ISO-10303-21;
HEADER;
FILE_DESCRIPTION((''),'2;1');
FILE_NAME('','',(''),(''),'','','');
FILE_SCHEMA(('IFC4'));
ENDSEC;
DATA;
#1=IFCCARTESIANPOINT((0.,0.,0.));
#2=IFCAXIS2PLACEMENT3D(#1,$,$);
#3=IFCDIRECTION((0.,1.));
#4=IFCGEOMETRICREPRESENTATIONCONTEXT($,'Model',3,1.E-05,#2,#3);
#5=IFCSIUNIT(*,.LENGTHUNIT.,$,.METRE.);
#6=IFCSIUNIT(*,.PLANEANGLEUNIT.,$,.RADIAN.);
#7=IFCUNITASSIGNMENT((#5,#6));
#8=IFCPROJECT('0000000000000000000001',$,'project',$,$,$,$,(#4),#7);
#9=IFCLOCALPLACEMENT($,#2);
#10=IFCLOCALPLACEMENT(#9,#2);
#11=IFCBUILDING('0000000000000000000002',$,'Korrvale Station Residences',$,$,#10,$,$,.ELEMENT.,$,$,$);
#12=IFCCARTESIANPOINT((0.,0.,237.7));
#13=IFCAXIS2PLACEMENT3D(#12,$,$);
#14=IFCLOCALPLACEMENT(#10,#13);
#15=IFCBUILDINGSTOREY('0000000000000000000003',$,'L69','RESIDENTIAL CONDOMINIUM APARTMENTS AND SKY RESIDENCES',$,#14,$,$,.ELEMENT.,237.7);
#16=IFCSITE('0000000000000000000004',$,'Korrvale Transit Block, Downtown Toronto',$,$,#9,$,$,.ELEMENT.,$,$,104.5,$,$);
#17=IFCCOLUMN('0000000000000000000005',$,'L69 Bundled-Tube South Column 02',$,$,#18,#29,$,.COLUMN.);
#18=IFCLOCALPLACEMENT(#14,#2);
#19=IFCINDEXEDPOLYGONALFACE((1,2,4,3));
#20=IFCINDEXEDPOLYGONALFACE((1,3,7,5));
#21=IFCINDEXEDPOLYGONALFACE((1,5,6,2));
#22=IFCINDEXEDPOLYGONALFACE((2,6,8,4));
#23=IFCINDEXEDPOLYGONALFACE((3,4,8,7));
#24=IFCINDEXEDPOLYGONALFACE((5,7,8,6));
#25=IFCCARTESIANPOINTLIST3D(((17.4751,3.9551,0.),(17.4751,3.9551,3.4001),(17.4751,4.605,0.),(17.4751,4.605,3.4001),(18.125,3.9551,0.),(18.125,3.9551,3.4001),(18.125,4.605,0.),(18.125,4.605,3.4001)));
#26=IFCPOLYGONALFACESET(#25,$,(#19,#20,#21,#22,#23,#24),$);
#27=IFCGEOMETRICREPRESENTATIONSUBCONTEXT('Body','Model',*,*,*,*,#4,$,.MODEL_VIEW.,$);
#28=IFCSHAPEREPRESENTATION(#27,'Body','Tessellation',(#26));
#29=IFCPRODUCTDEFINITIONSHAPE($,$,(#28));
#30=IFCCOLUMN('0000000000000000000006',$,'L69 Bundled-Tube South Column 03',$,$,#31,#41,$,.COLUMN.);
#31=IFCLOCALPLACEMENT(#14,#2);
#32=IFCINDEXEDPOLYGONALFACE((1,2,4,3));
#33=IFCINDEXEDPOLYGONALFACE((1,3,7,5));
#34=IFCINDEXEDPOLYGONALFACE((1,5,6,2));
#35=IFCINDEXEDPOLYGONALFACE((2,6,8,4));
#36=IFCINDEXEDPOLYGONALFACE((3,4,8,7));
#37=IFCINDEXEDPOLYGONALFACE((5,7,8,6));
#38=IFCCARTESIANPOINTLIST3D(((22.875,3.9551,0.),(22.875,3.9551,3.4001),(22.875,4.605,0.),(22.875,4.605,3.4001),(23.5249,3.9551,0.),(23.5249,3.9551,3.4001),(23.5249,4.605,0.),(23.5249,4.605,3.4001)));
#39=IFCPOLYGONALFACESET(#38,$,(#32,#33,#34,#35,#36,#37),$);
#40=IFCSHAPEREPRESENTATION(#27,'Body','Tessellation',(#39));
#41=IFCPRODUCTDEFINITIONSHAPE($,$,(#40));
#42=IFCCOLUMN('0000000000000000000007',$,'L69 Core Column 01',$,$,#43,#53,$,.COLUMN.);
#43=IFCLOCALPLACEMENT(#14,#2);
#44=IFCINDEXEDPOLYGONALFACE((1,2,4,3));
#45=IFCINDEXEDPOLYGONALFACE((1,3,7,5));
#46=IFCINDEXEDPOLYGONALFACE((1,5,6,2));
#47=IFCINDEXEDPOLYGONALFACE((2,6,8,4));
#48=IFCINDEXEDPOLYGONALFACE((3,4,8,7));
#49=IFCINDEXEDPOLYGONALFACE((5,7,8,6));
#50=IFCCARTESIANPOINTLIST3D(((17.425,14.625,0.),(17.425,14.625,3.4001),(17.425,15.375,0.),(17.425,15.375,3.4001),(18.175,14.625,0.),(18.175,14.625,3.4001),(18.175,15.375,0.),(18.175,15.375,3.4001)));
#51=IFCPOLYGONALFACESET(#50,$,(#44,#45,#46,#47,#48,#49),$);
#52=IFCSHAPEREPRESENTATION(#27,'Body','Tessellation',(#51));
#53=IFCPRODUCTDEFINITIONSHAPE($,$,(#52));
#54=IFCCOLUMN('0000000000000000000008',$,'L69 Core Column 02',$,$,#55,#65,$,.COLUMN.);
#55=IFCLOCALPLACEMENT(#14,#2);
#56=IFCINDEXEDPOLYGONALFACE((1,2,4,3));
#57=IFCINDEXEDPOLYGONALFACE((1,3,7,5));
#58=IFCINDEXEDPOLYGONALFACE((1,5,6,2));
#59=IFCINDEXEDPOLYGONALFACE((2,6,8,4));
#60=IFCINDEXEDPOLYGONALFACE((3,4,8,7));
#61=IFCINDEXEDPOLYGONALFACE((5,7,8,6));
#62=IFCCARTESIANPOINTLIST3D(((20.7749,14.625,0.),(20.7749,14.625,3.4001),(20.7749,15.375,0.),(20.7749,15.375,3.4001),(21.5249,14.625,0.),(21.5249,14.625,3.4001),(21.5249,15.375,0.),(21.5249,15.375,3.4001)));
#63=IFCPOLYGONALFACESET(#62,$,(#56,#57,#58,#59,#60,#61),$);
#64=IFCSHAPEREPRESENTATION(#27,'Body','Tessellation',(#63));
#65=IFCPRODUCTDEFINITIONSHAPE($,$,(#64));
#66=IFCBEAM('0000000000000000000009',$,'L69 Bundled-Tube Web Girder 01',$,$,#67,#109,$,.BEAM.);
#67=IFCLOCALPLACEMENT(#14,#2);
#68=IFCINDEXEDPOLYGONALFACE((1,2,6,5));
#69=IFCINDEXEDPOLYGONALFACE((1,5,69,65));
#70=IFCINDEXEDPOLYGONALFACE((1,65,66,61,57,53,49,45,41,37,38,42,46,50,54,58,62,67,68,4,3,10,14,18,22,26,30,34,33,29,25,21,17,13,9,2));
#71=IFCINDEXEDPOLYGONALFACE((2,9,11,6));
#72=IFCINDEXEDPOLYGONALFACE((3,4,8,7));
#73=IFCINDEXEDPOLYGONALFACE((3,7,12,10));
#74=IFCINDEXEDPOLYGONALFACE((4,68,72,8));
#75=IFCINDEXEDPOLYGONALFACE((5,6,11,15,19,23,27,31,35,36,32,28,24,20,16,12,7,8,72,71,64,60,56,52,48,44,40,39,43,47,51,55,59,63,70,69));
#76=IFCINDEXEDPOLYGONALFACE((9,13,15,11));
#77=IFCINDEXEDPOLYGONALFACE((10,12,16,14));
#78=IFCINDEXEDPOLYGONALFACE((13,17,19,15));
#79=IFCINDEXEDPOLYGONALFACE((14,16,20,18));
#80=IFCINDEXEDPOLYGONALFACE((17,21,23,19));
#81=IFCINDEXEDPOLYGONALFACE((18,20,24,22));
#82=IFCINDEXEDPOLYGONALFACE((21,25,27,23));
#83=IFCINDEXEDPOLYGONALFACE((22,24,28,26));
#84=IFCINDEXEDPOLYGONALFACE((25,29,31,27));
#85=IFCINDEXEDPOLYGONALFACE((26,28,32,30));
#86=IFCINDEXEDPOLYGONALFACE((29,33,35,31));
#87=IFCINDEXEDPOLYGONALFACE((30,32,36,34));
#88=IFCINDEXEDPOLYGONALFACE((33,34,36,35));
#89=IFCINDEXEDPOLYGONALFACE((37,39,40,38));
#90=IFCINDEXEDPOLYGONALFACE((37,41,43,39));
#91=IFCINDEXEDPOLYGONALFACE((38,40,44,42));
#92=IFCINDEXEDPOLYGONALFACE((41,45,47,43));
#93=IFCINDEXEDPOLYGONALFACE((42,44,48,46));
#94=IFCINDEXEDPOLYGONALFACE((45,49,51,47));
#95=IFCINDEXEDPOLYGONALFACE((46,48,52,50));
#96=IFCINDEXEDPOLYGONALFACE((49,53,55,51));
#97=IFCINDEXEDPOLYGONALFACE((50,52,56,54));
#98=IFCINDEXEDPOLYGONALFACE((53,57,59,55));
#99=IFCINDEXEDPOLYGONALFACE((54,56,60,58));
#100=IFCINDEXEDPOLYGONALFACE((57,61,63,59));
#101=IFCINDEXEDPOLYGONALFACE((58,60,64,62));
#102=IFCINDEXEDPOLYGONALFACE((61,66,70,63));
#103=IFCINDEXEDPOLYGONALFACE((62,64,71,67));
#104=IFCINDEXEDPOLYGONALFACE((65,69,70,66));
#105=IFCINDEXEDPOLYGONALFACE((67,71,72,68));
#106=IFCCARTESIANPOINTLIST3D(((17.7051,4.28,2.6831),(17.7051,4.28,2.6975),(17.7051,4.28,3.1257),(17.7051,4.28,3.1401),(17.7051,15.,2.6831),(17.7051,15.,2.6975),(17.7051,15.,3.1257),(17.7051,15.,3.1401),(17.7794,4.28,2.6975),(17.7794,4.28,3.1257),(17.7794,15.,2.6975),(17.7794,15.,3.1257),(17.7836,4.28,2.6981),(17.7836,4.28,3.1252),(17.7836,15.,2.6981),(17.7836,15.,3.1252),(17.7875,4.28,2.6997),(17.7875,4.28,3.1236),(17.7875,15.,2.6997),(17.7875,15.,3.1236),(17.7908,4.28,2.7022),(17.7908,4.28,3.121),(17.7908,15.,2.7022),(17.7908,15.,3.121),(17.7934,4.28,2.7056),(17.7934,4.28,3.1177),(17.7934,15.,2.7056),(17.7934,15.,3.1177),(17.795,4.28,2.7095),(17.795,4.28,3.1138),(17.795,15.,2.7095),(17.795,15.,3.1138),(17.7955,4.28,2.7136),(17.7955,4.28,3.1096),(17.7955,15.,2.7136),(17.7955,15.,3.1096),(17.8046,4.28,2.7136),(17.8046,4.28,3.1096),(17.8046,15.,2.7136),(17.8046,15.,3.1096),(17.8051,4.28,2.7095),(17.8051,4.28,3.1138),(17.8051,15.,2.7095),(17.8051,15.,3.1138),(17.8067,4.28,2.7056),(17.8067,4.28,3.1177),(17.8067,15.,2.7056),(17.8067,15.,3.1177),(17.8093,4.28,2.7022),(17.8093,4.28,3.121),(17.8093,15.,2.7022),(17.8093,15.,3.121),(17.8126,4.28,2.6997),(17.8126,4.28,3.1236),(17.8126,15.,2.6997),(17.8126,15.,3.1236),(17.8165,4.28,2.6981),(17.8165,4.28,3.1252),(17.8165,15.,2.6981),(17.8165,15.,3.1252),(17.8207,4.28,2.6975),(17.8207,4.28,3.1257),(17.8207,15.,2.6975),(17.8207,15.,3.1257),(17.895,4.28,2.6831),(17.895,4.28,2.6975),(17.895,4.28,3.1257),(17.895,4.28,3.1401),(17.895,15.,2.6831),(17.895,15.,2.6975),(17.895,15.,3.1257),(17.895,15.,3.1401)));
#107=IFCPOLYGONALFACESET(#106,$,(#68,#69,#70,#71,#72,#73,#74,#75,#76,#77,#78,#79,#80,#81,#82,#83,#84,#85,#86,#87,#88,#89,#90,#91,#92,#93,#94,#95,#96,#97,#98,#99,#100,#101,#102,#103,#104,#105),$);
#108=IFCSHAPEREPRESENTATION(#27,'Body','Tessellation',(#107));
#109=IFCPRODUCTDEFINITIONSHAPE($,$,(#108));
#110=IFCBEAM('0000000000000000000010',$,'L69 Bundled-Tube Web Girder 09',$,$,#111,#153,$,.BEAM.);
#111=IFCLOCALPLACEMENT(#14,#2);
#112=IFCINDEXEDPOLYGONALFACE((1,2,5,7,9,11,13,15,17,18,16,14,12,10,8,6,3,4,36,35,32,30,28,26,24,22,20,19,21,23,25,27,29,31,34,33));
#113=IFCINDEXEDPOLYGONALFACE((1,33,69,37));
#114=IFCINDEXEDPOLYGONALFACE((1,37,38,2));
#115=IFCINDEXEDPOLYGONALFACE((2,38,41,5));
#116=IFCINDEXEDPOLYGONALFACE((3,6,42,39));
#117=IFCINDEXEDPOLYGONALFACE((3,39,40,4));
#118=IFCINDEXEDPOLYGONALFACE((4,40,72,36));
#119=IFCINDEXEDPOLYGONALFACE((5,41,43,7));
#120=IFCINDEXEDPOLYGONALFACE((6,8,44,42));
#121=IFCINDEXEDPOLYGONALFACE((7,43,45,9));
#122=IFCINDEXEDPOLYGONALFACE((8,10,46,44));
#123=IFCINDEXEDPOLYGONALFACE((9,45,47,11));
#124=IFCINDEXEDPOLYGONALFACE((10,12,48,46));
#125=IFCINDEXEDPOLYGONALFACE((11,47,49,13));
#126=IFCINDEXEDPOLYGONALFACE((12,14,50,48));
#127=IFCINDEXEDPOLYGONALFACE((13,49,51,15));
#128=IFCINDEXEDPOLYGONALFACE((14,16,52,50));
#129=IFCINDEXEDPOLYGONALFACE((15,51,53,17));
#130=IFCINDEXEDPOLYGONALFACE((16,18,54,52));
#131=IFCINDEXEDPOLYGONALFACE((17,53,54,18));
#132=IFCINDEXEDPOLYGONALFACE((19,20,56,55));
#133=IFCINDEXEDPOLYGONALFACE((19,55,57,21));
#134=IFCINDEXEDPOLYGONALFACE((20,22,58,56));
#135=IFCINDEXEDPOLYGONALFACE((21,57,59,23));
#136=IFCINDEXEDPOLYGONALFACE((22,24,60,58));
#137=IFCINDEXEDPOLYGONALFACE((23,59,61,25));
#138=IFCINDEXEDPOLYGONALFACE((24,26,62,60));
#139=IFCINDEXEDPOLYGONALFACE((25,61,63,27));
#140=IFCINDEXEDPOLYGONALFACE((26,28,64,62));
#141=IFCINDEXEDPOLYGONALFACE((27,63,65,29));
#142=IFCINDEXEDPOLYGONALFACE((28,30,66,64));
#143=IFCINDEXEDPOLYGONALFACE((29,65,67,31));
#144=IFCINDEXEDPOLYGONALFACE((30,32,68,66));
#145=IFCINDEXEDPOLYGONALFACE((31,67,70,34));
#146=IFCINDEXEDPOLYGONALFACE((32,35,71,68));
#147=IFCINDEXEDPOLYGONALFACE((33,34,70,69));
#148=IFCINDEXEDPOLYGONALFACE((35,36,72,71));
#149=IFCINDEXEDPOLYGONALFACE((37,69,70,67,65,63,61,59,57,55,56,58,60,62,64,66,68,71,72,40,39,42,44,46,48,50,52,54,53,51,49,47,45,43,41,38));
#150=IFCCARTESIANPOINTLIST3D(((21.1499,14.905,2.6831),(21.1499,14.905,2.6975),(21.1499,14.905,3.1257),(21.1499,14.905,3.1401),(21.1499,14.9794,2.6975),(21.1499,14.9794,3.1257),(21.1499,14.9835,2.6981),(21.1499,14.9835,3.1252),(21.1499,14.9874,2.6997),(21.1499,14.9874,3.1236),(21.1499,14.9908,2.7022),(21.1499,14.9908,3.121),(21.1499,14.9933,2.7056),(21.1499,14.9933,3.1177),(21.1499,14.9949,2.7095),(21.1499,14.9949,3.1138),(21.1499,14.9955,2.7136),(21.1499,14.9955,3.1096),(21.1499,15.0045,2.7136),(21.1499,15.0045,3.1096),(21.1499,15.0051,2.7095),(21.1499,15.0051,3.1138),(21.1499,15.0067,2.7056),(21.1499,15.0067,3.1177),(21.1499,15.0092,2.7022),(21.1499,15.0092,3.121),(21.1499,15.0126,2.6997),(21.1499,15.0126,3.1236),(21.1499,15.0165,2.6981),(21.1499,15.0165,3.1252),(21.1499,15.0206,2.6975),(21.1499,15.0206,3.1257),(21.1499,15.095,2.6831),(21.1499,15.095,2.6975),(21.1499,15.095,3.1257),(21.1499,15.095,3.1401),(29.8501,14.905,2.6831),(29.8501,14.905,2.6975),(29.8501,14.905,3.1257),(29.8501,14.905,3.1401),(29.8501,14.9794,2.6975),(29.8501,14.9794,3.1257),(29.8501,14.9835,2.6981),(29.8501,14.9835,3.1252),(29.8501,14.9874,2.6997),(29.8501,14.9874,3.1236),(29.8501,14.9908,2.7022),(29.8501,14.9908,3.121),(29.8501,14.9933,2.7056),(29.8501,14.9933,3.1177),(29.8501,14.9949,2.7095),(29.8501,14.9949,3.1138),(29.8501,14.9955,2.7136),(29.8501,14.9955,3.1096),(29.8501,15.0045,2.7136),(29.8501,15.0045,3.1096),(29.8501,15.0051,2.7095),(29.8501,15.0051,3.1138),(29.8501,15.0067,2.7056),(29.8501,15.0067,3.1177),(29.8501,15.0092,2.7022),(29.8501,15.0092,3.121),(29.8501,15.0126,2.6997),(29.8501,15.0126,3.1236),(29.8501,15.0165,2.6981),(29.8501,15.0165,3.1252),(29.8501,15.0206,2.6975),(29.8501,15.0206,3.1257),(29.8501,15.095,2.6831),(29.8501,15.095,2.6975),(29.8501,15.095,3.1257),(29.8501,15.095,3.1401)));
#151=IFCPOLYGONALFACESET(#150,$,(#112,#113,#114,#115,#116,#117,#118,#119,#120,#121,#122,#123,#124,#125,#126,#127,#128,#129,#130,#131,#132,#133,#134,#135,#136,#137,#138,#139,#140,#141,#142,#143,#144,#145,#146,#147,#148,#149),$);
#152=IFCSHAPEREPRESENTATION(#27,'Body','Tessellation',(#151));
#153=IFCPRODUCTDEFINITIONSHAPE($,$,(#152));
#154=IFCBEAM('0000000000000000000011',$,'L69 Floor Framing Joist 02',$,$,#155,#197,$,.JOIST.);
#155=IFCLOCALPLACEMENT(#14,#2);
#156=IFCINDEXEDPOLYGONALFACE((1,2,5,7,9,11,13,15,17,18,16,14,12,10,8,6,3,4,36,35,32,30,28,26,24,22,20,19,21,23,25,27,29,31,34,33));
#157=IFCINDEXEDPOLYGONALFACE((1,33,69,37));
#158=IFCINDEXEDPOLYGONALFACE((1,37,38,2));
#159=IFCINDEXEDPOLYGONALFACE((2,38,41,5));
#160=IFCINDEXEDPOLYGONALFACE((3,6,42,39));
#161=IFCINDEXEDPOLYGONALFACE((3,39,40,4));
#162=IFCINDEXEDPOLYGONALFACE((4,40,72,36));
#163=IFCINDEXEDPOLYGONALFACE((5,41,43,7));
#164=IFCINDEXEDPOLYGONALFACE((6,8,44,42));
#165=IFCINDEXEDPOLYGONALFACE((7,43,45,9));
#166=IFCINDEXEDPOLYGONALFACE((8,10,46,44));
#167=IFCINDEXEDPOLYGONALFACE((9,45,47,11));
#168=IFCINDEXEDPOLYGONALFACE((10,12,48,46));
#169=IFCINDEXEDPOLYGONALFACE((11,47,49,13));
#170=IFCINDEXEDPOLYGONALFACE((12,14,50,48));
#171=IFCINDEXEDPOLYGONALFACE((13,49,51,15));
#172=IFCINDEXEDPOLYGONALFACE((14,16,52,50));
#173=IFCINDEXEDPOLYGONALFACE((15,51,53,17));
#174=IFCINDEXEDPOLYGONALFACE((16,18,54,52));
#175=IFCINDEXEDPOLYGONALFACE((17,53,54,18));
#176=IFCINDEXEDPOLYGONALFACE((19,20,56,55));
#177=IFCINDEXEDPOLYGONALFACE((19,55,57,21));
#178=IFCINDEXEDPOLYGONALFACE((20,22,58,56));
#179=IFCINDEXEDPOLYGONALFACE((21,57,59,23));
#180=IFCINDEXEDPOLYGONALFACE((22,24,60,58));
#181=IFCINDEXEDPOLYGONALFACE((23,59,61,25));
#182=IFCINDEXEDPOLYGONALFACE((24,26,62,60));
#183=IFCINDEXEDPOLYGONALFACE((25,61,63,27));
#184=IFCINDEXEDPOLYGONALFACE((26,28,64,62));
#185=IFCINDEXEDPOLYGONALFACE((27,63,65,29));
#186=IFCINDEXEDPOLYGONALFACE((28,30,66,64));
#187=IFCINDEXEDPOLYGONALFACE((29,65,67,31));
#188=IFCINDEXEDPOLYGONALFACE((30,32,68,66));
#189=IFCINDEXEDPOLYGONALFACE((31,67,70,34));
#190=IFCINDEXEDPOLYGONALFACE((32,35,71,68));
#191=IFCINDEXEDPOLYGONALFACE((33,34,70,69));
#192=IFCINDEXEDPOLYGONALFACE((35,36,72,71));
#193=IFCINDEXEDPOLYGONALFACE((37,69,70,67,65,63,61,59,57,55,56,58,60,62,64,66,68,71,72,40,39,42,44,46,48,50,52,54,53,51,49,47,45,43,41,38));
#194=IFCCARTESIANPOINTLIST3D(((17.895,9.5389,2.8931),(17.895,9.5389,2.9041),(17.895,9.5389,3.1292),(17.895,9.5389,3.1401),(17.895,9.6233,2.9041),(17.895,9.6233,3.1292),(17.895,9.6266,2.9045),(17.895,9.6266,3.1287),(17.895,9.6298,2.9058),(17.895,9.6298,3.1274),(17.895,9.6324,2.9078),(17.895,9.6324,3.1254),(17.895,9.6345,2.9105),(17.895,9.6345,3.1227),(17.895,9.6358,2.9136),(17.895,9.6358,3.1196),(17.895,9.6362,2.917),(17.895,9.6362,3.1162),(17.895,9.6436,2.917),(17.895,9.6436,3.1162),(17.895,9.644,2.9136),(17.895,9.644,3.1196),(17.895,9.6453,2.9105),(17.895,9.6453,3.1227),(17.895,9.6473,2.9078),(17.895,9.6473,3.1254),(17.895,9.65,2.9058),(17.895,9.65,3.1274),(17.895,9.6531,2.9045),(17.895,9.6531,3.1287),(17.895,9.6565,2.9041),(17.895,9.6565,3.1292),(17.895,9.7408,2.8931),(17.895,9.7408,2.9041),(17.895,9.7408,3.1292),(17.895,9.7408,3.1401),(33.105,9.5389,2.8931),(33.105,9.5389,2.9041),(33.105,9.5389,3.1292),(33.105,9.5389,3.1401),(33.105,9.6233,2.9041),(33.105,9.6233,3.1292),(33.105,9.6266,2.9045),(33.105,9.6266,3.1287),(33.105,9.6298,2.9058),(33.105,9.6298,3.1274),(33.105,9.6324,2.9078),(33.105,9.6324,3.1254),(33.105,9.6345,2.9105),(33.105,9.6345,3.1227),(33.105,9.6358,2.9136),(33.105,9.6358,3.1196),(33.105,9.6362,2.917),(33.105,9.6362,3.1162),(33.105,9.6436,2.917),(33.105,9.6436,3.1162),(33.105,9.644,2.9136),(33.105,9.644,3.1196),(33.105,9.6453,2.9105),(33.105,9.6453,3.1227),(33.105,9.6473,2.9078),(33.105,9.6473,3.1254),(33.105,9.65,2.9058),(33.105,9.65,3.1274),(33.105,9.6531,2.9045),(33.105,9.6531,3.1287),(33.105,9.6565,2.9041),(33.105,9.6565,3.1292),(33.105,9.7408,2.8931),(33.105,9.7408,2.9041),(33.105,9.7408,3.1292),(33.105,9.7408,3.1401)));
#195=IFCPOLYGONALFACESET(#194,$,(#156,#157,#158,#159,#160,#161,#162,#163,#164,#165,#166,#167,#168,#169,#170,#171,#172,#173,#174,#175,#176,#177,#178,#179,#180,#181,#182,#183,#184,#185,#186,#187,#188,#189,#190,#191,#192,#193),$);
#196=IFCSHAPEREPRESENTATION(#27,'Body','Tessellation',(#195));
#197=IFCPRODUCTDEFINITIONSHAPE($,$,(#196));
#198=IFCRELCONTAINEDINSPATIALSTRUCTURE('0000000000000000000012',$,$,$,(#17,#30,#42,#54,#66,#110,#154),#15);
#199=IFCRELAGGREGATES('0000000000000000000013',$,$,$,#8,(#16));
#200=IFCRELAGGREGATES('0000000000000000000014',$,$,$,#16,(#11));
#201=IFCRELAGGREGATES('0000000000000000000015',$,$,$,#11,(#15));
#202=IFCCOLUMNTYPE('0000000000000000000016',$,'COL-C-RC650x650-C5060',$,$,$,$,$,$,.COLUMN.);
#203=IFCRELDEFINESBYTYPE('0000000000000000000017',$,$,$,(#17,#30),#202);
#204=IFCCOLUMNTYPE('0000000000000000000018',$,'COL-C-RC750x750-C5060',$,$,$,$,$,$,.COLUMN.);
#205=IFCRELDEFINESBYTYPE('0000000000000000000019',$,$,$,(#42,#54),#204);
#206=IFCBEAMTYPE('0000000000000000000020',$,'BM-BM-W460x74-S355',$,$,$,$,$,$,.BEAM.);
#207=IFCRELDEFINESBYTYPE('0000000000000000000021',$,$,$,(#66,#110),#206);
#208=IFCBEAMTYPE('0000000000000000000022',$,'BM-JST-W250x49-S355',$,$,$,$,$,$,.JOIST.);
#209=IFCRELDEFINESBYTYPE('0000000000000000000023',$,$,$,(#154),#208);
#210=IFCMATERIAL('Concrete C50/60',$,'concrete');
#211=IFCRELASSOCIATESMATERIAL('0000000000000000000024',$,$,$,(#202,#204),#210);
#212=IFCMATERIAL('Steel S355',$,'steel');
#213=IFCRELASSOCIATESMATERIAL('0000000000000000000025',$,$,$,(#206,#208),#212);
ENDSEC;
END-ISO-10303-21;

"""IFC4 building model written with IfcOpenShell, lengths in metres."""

from ifc_helpers import new_model, si_unit, direction, frame, origin, origin_2d, place, context, subcontext, project, spatial, rectangle, i_section, extrude, material, material_profile, profile_set, type_object, element, save


model = new_model("IFC4")

# Units and contexts
model_context = context("Model", 3, precision=1e-05, world=origin(), true_north=direction((0.0, 1.0)))
body_context = subcontext(model_context, "Body", "Model", "MODEL_VIEW")
ifc_project = project(units=[si_unit("LENGTHUNIT", "METRE"), si_unit("PLANEANGLEUNIT", "RADIAN")], contexts=[model_context])

# Site, building, storey
site_placement = place(None, origin())
site = spatial("IfcSite", under=ifc_project, at=site_placement, Name="Korrvale Transit Block, Downtown Toronto", CompositionType="ELEMENT", RefElevation=104.5)
building_placement = place(site_placement, origin())
building = spatial("IfcBuilding", under=site, at=building_placement, Name="Korrvale Station Residences", CompositionType="ELEMENT")
storey_placement = place(building_placement, frame((0.0, 0.0, 237.7)))
storey = spatial("IfcBuildingStorey", under=building, at=storey_placement, Name="L69", Description="RESIDENTIAL CONDOMINIUM APARTMENTS AND SKY RESIDENCES", CompositionType="ELEMENT", Elevation=237.7)

# Columns
ifc_material_1 = material(Name="Concrete C50/60", Category="concrete")
ifc_material_profile_1 = material_profile(ifc_material_1, rectangle(XDim=0.6499, YDim=0.6499, at=origin_2d()), Name="RC650x650")
ifc_profile_set_1 = profile_set([ifc_material_profile_1], Name="Concrete C50/60")
column_type_1 = type_object("IfcColumnType", Name="COL-C-RC650x650-C5060", PredefinedType="COLUMN", material=ifc_profile_set_1)
for number, where, z_axis, x_axis, name in (
    (1, (17.8, 4.28, 0.0), (0.0, 0.0, 1.0), (1.0, 0.0, 0.0), "L69 Bundled-Tube South Column 02"),
    (2, (23.2, 4.28, 0.0), (0.0, 0.0, 1.0), (1.0, 0.0, 0.0), "L69 Bundled-Tube South Column 03"),
):
    element("IfcColumn", number, at=place(storey_placement, frame(where, z_axis=z_axis, x_axis=x_axis)), inside=storey, type_object=column_type_1, Name=name, PredefinedType="COLUMN", context=body_context, shape_type="SweptSolid", body=[
        extrude(rectangle(XDim=0.6499, YDim=0.6499, at=origin_2d()), origin(), (0.0, 0.0, 1.0), 3.4001),
    ])
ifc_material_profile_2 = material_profile(ifc_material_1, rectangle(XDim=0.75, YDim=0.75, at=origin_2d()), Name="RC750x750")
ifc_profile_set_2 = profile_set([ifc_material_profile_2], Name="Concrete C50/60")
column_type_2 = type_object("IfcColumnType", Name="COL-C-RC750x750-C5060", PredefinedType="COLUMN", material=ifc_profile_set_2)
for number, where, z_axis, x_axis, name in (
    (3, (17.8, 15.0, 0.0), (0.0, 0.0, 1.0), (1.0, 0.0, 0.0), "L69 Core Column 01"),
    (4, (21.1499, 15.0, 0.0), (0.0, 0.0, 1.0), (1.0, 0.0, 0.0), "L69 Core Column 02"),
):
    element("IfcColumn", number, at=place(storey_placement, frame(where, z_axis=z_axis, x_axis=x_axis)), inside=storey, type_object=column_type_2, Name=name, PredefinedType="COLUMN", context=body_context, shape_type="SweptSolid", body=[
        extrude(rectangle(XDim=0.75, YDim=0.75, at=origin_2d()), origin(), (0.0, 0.0, 1.0), 3.4001),
    ])

# Beams
ifc_material_2 = material(Name="Steel S355", Category="steel")
ifc_material_profile_3 = material_profile(ifc_material_2, i_section(OverallWidth=0.1899, OverallDepth=0.457, WebThickness=0.009, FlangeThickness=0.0144, FilletRadius=0.0161, at=origin_2d()), Name="W460x74")
ifc_profile_set_3 = profile_set([ifc_material_profile_3], Name="Steel S355")
beam_type_1 = type_object("IfcBeamType", Name="BM-BM-W460x74-S355", PredefinedType="BEAM", material=ifc_profile_set_3)
beam_1_placement = place(storey_placement, frame((17.8, 4.28, 2.9116), z_axis=(0.0, 1.0, 0.0), x_axis=(-1.0, 0.0, 0.0)))
element("IfcBeam", 5, at=beam_1_placement, inside=storey, type_object=beam_type_1, Name="L69 Bundled-Tube Web Girder 01", PredefinedType="BEAM", context=body_context, shape_type="SweptSolid", body=[
    extrude(i_section(OverallWidth=0.1899, OverallDepth=0.457, WebThickness=0.009, FlangeThickness=0.0144, FilletRadius=0.0161, at=origin_2d()), origin(), (0.0, 0.0, 1.0), 10.72),
])
beam_2_placement = place(storey_placement, frame((21.1499, 15.0, 2.9116), z_axis=(1.0, 0.0, 0.0), x_axis=(0.0, 1.0, 0.0)))
element("IfcBeam", 6, at=beam_2_placement, inside=storey, type_object=beam_type_1, Name="L69 Bundled-Tube Web Girder 09", PredefinedType="BEAM", context=body_context, shape_type="SweptSolid", body=[
    extrude(i_section(OverallWidth=0.1899, OverallDepth=0.457, WebThickness=0.009, FlangeThickness=0.0144, FilletRadius=0.0161, at=origin_2d()), origin(), (0.0, 0.0, 1.0), 8.7002),
])
ifc_material_profile_4 = material_profile(ifc_material_2, i_section(OverallWidth=0.2019, OverallDepth=0.2471, WebThickness=0.0073, FlangeThickness=0.011, FilletRadius=0.0129, at=origin_2d()), Name="W250x49")
ifc_profile_set_4 = profile_set([ifc_material_profile_4], Name="Steel S355")
beam_type_2 = type_object("IfcBeamType", Name="BM-JST-W250x49-S355", PredefinedType="JOIST", material=ifc_profile_set_4)
beam_3_placement = place(storey_placement, frame((17.895, 9.6399, 3.0166), z_axis=(1.0, 0.0, 0.0), x_axis=(0.0, 1.0, 0.0)))
element("IfcBeam", 7, at=beam_3_placement, inside=storey, type_object=beam_type_2, Name="L69 Floor Framing Joist 02", PredefinedType="JOIST", context=body_context, shape_type="SweptSolid", body=[
    extrude(i_section(OverallWidth=0.2019, OverallDepth=0.2471, WebThickness=0.0073, FlangeThickness=0.011, FilletRadius=0.0129, at=origin_2d()), origin(), (0.0, 0.0, 1.0), 15.21),
])

save(model, "model.ifc")
